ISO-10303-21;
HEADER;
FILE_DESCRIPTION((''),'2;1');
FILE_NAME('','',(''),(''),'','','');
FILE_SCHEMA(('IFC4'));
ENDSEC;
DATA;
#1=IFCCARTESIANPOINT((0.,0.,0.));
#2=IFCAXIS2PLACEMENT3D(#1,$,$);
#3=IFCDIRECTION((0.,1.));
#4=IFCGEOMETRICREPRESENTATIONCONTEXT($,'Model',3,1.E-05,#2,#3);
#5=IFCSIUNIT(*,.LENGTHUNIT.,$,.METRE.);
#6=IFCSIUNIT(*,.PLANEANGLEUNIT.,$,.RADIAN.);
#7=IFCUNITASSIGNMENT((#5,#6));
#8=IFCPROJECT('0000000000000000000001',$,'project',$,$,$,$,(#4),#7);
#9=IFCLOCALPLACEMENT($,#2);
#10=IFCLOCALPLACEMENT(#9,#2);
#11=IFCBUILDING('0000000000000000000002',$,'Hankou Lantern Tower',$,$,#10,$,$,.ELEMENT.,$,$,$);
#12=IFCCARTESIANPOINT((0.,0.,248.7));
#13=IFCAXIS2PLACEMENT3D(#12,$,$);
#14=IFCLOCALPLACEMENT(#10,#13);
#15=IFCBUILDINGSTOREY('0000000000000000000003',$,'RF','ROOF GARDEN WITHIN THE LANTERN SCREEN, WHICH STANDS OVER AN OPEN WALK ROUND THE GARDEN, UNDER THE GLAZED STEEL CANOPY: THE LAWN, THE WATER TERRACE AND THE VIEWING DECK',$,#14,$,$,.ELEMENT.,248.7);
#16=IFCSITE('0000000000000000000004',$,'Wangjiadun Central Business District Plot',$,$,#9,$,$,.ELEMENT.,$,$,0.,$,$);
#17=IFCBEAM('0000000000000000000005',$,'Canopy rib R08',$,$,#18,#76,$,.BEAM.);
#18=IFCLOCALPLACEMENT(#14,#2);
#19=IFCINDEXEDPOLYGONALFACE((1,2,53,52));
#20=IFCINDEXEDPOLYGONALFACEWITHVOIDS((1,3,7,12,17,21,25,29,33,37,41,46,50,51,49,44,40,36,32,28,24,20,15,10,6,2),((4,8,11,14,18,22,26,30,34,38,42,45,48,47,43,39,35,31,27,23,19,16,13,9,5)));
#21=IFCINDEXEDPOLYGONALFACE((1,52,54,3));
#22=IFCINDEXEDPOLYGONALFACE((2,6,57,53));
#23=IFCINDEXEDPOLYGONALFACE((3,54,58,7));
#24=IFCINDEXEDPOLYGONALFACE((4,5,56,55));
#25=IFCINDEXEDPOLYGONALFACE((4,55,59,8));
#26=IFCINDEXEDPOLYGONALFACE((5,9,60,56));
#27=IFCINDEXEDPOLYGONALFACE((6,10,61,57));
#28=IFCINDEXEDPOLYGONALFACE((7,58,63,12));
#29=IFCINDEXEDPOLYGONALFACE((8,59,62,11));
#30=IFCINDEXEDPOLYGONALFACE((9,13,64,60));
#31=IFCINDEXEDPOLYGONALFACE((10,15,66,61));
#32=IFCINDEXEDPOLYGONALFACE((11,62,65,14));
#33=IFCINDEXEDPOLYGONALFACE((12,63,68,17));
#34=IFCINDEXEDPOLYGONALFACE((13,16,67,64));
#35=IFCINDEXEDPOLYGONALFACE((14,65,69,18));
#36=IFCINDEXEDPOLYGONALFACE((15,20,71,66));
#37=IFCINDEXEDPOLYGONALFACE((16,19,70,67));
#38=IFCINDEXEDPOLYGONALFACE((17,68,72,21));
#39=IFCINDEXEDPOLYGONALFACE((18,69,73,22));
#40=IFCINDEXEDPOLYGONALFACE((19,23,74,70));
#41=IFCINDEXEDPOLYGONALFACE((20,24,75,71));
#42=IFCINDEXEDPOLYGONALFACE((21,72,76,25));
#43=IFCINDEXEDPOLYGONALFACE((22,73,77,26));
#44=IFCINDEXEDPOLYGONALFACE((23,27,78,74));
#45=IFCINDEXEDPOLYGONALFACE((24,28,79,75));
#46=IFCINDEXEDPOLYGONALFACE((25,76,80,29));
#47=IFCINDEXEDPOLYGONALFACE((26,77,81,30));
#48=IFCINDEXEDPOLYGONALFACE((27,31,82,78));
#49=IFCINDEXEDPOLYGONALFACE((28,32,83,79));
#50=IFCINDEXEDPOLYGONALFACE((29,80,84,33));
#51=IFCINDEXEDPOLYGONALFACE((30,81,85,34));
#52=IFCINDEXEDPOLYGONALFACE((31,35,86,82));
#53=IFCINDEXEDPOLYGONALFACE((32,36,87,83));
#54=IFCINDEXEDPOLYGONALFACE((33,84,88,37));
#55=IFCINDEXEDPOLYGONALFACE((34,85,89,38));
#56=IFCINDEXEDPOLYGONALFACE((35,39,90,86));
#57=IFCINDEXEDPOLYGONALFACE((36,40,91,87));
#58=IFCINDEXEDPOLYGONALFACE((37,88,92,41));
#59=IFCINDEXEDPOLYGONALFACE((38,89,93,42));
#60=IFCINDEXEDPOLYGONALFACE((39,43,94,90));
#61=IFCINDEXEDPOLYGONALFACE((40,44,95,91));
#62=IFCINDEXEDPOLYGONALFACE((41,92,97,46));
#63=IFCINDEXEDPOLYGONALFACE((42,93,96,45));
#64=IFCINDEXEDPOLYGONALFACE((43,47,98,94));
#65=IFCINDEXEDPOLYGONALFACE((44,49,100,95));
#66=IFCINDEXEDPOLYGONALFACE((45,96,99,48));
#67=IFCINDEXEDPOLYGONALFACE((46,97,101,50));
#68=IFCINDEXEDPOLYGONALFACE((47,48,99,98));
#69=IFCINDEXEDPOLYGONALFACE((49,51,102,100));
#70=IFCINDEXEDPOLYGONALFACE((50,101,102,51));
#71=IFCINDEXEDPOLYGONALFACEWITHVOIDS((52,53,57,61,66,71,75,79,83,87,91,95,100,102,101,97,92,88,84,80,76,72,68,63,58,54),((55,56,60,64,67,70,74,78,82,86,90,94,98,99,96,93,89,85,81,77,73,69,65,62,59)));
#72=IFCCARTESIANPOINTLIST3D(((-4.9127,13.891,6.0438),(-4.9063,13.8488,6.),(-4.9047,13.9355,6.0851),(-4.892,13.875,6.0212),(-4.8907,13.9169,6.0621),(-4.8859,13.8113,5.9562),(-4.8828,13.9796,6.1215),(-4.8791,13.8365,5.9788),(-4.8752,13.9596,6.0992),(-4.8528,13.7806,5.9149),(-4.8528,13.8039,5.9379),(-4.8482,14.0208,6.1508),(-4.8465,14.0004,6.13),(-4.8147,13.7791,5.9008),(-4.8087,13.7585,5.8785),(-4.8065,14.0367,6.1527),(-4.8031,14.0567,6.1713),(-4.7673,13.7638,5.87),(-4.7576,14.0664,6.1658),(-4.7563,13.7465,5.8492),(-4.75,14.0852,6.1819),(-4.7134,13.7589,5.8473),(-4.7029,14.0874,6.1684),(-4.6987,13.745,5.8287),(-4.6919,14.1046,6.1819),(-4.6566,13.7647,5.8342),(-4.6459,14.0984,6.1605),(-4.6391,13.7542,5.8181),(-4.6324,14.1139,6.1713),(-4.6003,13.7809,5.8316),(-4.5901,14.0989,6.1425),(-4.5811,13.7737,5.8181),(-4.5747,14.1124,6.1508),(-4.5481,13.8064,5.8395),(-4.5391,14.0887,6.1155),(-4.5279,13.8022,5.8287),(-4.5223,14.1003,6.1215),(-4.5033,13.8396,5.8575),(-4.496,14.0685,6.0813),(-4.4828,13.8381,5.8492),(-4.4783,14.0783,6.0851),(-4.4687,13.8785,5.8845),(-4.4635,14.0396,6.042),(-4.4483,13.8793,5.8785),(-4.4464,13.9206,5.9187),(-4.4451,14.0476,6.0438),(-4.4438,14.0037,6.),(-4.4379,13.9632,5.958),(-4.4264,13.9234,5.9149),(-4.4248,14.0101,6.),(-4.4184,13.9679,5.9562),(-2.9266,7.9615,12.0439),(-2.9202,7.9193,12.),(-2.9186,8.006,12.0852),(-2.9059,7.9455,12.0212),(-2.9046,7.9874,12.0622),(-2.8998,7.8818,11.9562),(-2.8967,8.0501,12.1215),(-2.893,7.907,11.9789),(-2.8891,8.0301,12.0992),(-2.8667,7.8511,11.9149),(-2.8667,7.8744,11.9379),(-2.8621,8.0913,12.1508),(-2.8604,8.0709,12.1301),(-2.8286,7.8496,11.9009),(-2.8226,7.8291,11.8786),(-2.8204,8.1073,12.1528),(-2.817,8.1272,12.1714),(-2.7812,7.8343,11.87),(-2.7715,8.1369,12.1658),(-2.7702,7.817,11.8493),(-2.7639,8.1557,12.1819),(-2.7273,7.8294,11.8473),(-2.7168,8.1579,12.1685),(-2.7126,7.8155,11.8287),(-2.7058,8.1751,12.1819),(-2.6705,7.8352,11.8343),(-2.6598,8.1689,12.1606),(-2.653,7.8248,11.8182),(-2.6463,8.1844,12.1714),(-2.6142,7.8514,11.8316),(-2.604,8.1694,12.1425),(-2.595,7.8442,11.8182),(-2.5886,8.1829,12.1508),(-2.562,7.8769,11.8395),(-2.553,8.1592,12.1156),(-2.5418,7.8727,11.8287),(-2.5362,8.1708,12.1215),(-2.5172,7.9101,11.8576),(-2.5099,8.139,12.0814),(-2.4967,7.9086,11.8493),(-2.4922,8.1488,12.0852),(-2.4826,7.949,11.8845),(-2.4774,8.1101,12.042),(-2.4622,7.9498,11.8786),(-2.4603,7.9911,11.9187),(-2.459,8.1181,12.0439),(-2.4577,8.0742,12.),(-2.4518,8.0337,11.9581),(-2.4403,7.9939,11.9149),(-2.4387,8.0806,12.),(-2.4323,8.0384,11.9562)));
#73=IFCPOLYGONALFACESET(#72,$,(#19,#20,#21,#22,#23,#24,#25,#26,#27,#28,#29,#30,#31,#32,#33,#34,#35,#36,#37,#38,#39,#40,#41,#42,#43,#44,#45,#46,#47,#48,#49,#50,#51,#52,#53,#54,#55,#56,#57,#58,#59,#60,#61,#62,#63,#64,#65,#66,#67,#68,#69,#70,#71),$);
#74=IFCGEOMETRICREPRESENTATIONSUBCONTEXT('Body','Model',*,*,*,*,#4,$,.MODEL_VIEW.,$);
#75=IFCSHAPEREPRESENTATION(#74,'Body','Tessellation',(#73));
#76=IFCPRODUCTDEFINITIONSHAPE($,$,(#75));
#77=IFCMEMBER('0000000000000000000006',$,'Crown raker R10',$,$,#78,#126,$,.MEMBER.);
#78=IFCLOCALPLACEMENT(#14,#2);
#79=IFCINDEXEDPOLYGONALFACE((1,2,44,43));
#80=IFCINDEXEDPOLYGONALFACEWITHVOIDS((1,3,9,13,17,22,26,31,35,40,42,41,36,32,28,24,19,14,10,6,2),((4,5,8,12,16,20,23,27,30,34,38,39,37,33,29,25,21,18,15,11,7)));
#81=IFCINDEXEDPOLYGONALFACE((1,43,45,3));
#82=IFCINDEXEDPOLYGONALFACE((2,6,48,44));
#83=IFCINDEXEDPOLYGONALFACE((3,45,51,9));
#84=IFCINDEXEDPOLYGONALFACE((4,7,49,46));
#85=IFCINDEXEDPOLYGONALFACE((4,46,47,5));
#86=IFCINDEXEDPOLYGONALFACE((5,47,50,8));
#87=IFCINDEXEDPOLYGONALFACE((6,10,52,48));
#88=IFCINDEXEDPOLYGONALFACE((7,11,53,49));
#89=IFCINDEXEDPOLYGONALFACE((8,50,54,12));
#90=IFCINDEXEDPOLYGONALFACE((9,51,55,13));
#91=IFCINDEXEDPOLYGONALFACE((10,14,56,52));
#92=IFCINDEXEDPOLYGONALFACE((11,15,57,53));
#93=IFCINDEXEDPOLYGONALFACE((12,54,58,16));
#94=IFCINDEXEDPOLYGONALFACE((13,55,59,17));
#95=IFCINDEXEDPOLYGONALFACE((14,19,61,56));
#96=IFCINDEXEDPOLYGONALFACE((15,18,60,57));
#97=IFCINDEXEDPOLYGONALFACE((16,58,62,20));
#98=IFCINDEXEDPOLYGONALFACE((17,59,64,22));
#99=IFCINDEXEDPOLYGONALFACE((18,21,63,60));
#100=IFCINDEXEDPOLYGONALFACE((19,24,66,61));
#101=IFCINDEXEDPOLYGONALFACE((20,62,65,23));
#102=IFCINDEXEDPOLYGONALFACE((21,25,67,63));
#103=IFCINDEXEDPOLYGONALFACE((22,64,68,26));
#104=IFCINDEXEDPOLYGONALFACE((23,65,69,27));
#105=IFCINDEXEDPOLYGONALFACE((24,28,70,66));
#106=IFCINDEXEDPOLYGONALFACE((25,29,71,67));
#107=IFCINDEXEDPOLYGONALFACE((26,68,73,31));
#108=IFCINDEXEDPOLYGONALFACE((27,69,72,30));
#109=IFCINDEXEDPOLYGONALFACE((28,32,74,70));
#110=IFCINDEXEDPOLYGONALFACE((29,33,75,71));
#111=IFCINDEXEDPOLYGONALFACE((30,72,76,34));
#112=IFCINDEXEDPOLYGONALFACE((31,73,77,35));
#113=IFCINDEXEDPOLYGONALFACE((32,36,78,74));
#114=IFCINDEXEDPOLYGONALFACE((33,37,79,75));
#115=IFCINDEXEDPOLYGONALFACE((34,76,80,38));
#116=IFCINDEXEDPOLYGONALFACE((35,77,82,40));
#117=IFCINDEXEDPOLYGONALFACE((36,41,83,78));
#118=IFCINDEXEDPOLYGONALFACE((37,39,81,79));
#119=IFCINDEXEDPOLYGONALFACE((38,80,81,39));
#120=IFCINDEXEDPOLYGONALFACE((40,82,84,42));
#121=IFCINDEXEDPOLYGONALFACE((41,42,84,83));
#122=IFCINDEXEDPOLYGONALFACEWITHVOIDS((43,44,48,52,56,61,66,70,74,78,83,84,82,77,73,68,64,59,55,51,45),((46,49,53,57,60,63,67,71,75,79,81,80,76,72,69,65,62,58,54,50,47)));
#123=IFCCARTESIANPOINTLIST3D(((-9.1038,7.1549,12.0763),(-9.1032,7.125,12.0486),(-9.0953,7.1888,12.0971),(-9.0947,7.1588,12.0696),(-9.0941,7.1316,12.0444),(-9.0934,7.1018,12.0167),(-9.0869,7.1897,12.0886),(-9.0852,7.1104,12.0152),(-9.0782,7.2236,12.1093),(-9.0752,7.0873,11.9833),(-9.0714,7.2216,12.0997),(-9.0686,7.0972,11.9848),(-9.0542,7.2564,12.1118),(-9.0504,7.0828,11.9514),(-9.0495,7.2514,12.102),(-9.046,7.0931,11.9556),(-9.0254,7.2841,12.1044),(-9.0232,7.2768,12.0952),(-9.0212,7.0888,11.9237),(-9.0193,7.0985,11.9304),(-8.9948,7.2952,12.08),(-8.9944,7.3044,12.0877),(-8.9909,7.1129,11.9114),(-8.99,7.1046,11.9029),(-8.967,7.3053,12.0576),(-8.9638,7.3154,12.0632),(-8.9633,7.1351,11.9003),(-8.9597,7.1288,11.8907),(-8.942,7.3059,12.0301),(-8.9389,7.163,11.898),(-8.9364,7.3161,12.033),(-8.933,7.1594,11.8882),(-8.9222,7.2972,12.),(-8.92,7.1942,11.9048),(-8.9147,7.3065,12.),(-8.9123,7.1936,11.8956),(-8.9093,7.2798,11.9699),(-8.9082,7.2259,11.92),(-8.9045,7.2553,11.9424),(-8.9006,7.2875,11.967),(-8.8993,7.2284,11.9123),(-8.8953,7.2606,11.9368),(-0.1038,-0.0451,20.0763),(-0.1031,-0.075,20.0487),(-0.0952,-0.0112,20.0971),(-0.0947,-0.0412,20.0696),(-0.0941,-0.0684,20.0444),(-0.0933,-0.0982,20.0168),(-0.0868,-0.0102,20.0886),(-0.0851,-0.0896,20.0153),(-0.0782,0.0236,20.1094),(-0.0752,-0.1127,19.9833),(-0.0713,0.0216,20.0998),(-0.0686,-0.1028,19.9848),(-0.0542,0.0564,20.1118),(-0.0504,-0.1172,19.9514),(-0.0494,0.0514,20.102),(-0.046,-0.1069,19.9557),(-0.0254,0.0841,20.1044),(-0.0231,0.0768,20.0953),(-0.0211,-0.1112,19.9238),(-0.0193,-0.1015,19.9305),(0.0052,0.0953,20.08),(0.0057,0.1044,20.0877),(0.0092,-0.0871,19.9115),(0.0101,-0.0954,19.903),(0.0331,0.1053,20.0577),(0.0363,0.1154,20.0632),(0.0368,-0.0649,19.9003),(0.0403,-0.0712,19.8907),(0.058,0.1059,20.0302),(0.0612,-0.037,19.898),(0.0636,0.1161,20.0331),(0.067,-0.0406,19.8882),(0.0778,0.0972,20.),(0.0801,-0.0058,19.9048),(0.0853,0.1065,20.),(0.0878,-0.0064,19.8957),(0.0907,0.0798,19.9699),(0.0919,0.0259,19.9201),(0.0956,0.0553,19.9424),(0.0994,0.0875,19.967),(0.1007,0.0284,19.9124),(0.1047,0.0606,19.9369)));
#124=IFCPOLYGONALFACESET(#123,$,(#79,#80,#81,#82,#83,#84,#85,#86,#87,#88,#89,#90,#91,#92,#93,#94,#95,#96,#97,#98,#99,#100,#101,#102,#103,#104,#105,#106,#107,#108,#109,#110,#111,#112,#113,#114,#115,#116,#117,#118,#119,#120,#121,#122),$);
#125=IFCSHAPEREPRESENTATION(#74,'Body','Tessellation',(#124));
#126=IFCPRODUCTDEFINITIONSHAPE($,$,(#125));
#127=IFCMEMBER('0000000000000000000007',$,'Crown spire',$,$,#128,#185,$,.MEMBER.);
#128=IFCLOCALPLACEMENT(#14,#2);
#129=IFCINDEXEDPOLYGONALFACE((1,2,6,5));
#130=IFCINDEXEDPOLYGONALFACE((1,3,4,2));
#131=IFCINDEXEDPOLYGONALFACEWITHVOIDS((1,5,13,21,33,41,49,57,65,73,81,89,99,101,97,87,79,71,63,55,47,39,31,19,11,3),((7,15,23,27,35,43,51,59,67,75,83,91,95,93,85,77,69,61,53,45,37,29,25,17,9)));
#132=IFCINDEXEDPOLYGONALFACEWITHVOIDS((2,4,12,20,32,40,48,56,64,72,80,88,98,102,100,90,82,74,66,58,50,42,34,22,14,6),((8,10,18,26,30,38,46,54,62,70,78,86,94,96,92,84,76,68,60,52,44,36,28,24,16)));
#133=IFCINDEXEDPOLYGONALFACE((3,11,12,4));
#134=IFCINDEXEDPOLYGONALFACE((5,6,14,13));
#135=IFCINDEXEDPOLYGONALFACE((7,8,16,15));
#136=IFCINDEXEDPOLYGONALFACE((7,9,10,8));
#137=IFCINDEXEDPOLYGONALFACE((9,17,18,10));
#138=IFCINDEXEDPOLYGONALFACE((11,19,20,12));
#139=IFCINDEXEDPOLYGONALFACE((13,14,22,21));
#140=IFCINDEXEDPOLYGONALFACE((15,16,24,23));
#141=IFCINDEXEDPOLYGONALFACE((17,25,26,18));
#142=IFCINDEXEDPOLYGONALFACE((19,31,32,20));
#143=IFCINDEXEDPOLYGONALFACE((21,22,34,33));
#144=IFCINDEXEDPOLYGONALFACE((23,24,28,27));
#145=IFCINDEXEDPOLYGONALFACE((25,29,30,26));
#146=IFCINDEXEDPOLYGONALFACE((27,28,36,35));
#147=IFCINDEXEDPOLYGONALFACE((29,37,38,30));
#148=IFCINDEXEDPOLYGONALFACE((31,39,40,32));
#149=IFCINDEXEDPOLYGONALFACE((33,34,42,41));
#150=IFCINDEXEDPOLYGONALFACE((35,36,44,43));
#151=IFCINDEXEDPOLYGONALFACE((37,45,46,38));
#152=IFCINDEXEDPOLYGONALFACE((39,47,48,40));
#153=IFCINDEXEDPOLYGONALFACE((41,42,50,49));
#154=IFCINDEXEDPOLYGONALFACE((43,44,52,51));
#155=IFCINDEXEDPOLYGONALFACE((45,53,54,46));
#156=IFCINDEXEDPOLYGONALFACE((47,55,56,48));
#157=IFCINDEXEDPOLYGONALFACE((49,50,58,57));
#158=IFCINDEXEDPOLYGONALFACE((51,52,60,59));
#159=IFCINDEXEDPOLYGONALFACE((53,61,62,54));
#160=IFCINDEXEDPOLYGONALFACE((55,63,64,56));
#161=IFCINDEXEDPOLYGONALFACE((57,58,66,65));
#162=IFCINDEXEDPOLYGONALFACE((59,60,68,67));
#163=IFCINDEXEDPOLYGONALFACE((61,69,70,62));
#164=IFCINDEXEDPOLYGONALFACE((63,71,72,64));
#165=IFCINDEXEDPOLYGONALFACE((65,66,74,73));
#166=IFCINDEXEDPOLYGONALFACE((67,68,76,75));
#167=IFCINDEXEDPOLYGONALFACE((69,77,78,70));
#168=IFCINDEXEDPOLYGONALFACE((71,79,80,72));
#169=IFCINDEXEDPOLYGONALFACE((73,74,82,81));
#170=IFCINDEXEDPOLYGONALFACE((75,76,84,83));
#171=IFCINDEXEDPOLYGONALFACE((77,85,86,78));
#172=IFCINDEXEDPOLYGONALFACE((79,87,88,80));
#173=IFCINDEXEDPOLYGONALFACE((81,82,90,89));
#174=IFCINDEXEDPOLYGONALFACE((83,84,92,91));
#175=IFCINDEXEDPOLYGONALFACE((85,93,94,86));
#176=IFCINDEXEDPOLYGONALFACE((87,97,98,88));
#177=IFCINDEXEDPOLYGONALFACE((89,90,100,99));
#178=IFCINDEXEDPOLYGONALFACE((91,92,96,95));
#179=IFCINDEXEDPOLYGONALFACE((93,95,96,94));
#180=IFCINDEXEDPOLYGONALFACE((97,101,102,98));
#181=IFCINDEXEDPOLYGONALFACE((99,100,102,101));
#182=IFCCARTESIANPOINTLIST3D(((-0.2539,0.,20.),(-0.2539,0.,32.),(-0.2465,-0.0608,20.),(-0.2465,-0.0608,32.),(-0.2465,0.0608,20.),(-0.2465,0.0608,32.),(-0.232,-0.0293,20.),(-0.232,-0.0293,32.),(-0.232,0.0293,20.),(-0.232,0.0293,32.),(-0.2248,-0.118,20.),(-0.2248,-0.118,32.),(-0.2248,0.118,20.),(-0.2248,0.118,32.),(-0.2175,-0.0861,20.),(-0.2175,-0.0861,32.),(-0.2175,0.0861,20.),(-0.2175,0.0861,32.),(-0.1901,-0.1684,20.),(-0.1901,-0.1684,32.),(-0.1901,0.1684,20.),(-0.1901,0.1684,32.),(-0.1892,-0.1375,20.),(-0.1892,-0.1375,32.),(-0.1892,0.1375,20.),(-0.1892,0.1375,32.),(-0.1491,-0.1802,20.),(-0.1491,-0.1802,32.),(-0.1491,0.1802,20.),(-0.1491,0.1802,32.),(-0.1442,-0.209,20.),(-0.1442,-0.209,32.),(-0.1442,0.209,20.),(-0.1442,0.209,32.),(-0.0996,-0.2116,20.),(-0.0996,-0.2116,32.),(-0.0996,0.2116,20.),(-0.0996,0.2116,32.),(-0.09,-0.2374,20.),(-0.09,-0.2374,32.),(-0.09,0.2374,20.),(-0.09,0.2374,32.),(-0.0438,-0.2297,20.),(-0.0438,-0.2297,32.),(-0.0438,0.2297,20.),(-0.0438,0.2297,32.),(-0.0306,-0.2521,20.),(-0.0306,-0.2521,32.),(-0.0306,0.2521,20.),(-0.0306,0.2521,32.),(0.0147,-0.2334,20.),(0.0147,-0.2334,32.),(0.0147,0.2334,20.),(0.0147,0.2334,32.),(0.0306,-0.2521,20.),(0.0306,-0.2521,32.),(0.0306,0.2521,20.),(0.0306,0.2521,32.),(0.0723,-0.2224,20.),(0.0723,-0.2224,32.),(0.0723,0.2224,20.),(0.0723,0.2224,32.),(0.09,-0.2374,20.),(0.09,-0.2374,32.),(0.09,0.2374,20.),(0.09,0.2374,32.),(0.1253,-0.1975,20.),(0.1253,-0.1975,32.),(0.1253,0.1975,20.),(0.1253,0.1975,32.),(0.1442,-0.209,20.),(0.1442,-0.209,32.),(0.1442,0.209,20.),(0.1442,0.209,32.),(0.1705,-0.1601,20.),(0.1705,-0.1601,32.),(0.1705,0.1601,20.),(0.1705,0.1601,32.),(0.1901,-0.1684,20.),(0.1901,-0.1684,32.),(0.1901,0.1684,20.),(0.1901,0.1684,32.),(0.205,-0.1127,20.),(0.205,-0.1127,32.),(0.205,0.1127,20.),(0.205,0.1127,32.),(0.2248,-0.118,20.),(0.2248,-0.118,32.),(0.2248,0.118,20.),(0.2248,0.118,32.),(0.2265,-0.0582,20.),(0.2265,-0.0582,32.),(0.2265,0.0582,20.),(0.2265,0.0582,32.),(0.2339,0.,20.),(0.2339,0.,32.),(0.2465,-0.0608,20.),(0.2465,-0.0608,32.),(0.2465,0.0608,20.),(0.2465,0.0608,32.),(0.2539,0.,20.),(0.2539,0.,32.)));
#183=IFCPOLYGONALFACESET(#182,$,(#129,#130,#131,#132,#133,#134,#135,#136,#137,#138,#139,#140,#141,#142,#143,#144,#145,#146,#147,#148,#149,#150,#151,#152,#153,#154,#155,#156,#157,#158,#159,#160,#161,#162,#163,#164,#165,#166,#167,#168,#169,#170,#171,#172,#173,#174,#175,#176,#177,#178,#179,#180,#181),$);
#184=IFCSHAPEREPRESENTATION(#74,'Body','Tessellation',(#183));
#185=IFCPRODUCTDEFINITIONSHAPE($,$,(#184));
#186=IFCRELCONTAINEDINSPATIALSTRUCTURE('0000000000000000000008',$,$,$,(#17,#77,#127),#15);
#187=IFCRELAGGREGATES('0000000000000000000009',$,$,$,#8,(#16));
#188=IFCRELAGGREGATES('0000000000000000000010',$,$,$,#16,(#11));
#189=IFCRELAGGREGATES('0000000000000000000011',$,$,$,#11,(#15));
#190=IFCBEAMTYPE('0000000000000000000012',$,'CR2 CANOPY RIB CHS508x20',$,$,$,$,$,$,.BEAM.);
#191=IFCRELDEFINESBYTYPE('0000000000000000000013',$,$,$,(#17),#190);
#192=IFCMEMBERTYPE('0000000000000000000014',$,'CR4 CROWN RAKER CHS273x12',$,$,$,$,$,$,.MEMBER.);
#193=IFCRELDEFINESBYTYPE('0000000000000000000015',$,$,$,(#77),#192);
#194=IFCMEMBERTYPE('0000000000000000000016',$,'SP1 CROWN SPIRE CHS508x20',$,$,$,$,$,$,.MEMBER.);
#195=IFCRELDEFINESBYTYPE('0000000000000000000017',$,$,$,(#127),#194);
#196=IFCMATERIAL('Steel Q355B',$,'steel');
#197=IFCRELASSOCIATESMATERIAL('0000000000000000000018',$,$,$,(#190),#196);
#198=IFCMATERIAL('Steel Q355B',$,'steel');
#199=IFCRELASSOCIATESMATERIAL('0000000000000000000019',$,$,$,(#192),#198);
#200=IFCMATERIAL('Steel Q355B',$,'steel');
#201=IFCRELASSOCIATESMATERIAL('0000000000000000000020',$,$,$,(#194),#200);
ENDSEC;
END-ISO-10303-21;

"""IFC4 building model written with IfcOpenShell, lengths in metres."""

from ifc_helpers import new_model, si_unit, direction, frame, origin, origin_2d, place, context, subcontext, project, spatial, hollow_circle, extrude, material, material_profile, profile_set, type_object, element, save


model = new_model("IFC4")

# Units and contexts
model_context = context("Model", 3, precision=1e-05, world=origin(), true_north=direction((0.0, 1.0)))
body_context = subcontext(model_context, "Body", "Model", "MODEL_VIEW")
ifc_project = project(units=[si_unit("LENGTHUNIT", "METRE"), si_unit("PLANEANGLEUNIT", "RADIAN")], contexts=[model_context])

# Site, building, storey
site_placement = place(None, origin())
site = spatial("IfcSite", under=ifc_project, at=site_placement, Name="Wangjiadun Central Business District Plot", CompositionType="ELEMENT", RefElevation=0.0)
building_placement = place(site_placement, origin())
building = spatial("IfcBuilding", under=site, at=building_placement, Name="Hankou Lantern Tower", CompositionType="ELEMENT")
storey_placement = place(building_placement, frame((0.0, 0.0, 248.7)))
storey = spatial("IfcBuildingStorey", under=building, at=storey_placement, Name="RF", Description="ROOF GARDEN WITHIN THE LANTERN SCREEN, WHICH STANDS OVER AN OPEN WALK ROUND THE GARDEN, UNDER THE GLAZED STEEL CANOPY: THE LAWN, THE WATER TERRACE AND THE VIEWING DECK", CompositionType="ELEMENT", Elevation=248.7)

# Beam
ifc_material_1 = material(Name="Steel Q355B", Category="steel")
ifc_material_profile_1 = material_profile(ifc_material_1, hollow_circle(Radius=0.2539, WallThickness=0.02, at=origin_2d()), Name="CHS508x20")
ifc_profile_set_1 = profile_set([ifc_material_profile_1], Name="Steel Q355B")
beam_type_1 = type_object("IfcBeamType", Name="CR2 CANOPY RIB CHS508x20", PredefinedType="BEAM", material=ifc_profile_set_1)
beam_1_placement = place(storey_placement, frame((-4.6655, 13.9294, 6.0), z_axis=(0.229176, -0.684204, 0.692346), x_axis=(0.948222, 0.31761, 0.0)))
element("IfcBeam", 1, at=beam_1_placement, inside=storey, type_object=beam_type_1, Name="Canopy rib R08", PredefinedType="BEAM", context=body_context, shape_type="SweptSolid", body=[
    extrude(hollow_circle(Radius=0.2539, WallThickness=0.02, at=origin_2d()), origin(), (0.0, 0.0, 1.0), 8.6663),
])

# Members
ifc_material_2 = material(Name="Steel Q355B", Category="steel")
ifc_material_profile_2 = material_profile(ifc_material_2, hollow_circle(Radius=0.1365, WallThickness=0.012, at=origin_2d()), Name="CHS273x12")
ifc_profile_set_2 = profile_set([ifc_material_profile_2], Name="Steel Q355B")
member_type_1 = type_object("IfcMemberType", Name="CR4 CROWN RAKER CHS273x12", PredefinedType="MEMBER", material=ifc_profile_set_2)
member_1_placement = place(storey_placement, frame((-9.0, 7.2, 12.0), z_axis=(0.641485, -0.513185, 0.570209), x_axis=(0.624692, 0.780871, 0.0)))
element("IfcMember", 2, at=member_1_placement, inside=storey, type_object=member_type_1, Name="Crown raker R10", PredefinedType="MEMBER", context=body_context, shape_type="SweptSolid", body=[
    extrude(hollow_circle(Radius=0.1365, WallThickness=0.012, at=origin_2d()), origin(), (0.0, 0.0, 1.0), 14.03),
])
ifc_material_3 = material(Name="Steel Q355B", Category="steel")
ifc_material_profile_3 = material_profile(ifc_material_3, hollow_circle(Radius=0.2539, WallThickness=0.02, at=origin_2d()), Name="CHS508x20")
ifc_profile_set_3 = profile_set([ifc_material_profile_3], Name="Steel Q355B")
member_type_2 = type_object("IfcMemberType", Name="SP1 CROWN SPIRE CHS508x20", PredefinedType="MEMBER", material=ifc_profile_set_3)
member_2_placement = place(storey_placement, frame((0.0, 0.0, 20.0), z_axis=(0.0, 0.0, 1.0), x_axis=(1.0, 0.0, 0.0)))
element("IfcMember", 3, at=member_2_placement, inside=storey, type_object=member_type_2, Name="Crown spire", PredefinedType="MEMBER", context=body_context, shape_type="SweptSolid", body=[
    extrude(hollow_circle(Radius=0.2539, WallThickness=0.02, at=origin_2d()), origin(), (0.0, 0.0, 1.0), 12.0),
])

save(model, "model.ifc")
